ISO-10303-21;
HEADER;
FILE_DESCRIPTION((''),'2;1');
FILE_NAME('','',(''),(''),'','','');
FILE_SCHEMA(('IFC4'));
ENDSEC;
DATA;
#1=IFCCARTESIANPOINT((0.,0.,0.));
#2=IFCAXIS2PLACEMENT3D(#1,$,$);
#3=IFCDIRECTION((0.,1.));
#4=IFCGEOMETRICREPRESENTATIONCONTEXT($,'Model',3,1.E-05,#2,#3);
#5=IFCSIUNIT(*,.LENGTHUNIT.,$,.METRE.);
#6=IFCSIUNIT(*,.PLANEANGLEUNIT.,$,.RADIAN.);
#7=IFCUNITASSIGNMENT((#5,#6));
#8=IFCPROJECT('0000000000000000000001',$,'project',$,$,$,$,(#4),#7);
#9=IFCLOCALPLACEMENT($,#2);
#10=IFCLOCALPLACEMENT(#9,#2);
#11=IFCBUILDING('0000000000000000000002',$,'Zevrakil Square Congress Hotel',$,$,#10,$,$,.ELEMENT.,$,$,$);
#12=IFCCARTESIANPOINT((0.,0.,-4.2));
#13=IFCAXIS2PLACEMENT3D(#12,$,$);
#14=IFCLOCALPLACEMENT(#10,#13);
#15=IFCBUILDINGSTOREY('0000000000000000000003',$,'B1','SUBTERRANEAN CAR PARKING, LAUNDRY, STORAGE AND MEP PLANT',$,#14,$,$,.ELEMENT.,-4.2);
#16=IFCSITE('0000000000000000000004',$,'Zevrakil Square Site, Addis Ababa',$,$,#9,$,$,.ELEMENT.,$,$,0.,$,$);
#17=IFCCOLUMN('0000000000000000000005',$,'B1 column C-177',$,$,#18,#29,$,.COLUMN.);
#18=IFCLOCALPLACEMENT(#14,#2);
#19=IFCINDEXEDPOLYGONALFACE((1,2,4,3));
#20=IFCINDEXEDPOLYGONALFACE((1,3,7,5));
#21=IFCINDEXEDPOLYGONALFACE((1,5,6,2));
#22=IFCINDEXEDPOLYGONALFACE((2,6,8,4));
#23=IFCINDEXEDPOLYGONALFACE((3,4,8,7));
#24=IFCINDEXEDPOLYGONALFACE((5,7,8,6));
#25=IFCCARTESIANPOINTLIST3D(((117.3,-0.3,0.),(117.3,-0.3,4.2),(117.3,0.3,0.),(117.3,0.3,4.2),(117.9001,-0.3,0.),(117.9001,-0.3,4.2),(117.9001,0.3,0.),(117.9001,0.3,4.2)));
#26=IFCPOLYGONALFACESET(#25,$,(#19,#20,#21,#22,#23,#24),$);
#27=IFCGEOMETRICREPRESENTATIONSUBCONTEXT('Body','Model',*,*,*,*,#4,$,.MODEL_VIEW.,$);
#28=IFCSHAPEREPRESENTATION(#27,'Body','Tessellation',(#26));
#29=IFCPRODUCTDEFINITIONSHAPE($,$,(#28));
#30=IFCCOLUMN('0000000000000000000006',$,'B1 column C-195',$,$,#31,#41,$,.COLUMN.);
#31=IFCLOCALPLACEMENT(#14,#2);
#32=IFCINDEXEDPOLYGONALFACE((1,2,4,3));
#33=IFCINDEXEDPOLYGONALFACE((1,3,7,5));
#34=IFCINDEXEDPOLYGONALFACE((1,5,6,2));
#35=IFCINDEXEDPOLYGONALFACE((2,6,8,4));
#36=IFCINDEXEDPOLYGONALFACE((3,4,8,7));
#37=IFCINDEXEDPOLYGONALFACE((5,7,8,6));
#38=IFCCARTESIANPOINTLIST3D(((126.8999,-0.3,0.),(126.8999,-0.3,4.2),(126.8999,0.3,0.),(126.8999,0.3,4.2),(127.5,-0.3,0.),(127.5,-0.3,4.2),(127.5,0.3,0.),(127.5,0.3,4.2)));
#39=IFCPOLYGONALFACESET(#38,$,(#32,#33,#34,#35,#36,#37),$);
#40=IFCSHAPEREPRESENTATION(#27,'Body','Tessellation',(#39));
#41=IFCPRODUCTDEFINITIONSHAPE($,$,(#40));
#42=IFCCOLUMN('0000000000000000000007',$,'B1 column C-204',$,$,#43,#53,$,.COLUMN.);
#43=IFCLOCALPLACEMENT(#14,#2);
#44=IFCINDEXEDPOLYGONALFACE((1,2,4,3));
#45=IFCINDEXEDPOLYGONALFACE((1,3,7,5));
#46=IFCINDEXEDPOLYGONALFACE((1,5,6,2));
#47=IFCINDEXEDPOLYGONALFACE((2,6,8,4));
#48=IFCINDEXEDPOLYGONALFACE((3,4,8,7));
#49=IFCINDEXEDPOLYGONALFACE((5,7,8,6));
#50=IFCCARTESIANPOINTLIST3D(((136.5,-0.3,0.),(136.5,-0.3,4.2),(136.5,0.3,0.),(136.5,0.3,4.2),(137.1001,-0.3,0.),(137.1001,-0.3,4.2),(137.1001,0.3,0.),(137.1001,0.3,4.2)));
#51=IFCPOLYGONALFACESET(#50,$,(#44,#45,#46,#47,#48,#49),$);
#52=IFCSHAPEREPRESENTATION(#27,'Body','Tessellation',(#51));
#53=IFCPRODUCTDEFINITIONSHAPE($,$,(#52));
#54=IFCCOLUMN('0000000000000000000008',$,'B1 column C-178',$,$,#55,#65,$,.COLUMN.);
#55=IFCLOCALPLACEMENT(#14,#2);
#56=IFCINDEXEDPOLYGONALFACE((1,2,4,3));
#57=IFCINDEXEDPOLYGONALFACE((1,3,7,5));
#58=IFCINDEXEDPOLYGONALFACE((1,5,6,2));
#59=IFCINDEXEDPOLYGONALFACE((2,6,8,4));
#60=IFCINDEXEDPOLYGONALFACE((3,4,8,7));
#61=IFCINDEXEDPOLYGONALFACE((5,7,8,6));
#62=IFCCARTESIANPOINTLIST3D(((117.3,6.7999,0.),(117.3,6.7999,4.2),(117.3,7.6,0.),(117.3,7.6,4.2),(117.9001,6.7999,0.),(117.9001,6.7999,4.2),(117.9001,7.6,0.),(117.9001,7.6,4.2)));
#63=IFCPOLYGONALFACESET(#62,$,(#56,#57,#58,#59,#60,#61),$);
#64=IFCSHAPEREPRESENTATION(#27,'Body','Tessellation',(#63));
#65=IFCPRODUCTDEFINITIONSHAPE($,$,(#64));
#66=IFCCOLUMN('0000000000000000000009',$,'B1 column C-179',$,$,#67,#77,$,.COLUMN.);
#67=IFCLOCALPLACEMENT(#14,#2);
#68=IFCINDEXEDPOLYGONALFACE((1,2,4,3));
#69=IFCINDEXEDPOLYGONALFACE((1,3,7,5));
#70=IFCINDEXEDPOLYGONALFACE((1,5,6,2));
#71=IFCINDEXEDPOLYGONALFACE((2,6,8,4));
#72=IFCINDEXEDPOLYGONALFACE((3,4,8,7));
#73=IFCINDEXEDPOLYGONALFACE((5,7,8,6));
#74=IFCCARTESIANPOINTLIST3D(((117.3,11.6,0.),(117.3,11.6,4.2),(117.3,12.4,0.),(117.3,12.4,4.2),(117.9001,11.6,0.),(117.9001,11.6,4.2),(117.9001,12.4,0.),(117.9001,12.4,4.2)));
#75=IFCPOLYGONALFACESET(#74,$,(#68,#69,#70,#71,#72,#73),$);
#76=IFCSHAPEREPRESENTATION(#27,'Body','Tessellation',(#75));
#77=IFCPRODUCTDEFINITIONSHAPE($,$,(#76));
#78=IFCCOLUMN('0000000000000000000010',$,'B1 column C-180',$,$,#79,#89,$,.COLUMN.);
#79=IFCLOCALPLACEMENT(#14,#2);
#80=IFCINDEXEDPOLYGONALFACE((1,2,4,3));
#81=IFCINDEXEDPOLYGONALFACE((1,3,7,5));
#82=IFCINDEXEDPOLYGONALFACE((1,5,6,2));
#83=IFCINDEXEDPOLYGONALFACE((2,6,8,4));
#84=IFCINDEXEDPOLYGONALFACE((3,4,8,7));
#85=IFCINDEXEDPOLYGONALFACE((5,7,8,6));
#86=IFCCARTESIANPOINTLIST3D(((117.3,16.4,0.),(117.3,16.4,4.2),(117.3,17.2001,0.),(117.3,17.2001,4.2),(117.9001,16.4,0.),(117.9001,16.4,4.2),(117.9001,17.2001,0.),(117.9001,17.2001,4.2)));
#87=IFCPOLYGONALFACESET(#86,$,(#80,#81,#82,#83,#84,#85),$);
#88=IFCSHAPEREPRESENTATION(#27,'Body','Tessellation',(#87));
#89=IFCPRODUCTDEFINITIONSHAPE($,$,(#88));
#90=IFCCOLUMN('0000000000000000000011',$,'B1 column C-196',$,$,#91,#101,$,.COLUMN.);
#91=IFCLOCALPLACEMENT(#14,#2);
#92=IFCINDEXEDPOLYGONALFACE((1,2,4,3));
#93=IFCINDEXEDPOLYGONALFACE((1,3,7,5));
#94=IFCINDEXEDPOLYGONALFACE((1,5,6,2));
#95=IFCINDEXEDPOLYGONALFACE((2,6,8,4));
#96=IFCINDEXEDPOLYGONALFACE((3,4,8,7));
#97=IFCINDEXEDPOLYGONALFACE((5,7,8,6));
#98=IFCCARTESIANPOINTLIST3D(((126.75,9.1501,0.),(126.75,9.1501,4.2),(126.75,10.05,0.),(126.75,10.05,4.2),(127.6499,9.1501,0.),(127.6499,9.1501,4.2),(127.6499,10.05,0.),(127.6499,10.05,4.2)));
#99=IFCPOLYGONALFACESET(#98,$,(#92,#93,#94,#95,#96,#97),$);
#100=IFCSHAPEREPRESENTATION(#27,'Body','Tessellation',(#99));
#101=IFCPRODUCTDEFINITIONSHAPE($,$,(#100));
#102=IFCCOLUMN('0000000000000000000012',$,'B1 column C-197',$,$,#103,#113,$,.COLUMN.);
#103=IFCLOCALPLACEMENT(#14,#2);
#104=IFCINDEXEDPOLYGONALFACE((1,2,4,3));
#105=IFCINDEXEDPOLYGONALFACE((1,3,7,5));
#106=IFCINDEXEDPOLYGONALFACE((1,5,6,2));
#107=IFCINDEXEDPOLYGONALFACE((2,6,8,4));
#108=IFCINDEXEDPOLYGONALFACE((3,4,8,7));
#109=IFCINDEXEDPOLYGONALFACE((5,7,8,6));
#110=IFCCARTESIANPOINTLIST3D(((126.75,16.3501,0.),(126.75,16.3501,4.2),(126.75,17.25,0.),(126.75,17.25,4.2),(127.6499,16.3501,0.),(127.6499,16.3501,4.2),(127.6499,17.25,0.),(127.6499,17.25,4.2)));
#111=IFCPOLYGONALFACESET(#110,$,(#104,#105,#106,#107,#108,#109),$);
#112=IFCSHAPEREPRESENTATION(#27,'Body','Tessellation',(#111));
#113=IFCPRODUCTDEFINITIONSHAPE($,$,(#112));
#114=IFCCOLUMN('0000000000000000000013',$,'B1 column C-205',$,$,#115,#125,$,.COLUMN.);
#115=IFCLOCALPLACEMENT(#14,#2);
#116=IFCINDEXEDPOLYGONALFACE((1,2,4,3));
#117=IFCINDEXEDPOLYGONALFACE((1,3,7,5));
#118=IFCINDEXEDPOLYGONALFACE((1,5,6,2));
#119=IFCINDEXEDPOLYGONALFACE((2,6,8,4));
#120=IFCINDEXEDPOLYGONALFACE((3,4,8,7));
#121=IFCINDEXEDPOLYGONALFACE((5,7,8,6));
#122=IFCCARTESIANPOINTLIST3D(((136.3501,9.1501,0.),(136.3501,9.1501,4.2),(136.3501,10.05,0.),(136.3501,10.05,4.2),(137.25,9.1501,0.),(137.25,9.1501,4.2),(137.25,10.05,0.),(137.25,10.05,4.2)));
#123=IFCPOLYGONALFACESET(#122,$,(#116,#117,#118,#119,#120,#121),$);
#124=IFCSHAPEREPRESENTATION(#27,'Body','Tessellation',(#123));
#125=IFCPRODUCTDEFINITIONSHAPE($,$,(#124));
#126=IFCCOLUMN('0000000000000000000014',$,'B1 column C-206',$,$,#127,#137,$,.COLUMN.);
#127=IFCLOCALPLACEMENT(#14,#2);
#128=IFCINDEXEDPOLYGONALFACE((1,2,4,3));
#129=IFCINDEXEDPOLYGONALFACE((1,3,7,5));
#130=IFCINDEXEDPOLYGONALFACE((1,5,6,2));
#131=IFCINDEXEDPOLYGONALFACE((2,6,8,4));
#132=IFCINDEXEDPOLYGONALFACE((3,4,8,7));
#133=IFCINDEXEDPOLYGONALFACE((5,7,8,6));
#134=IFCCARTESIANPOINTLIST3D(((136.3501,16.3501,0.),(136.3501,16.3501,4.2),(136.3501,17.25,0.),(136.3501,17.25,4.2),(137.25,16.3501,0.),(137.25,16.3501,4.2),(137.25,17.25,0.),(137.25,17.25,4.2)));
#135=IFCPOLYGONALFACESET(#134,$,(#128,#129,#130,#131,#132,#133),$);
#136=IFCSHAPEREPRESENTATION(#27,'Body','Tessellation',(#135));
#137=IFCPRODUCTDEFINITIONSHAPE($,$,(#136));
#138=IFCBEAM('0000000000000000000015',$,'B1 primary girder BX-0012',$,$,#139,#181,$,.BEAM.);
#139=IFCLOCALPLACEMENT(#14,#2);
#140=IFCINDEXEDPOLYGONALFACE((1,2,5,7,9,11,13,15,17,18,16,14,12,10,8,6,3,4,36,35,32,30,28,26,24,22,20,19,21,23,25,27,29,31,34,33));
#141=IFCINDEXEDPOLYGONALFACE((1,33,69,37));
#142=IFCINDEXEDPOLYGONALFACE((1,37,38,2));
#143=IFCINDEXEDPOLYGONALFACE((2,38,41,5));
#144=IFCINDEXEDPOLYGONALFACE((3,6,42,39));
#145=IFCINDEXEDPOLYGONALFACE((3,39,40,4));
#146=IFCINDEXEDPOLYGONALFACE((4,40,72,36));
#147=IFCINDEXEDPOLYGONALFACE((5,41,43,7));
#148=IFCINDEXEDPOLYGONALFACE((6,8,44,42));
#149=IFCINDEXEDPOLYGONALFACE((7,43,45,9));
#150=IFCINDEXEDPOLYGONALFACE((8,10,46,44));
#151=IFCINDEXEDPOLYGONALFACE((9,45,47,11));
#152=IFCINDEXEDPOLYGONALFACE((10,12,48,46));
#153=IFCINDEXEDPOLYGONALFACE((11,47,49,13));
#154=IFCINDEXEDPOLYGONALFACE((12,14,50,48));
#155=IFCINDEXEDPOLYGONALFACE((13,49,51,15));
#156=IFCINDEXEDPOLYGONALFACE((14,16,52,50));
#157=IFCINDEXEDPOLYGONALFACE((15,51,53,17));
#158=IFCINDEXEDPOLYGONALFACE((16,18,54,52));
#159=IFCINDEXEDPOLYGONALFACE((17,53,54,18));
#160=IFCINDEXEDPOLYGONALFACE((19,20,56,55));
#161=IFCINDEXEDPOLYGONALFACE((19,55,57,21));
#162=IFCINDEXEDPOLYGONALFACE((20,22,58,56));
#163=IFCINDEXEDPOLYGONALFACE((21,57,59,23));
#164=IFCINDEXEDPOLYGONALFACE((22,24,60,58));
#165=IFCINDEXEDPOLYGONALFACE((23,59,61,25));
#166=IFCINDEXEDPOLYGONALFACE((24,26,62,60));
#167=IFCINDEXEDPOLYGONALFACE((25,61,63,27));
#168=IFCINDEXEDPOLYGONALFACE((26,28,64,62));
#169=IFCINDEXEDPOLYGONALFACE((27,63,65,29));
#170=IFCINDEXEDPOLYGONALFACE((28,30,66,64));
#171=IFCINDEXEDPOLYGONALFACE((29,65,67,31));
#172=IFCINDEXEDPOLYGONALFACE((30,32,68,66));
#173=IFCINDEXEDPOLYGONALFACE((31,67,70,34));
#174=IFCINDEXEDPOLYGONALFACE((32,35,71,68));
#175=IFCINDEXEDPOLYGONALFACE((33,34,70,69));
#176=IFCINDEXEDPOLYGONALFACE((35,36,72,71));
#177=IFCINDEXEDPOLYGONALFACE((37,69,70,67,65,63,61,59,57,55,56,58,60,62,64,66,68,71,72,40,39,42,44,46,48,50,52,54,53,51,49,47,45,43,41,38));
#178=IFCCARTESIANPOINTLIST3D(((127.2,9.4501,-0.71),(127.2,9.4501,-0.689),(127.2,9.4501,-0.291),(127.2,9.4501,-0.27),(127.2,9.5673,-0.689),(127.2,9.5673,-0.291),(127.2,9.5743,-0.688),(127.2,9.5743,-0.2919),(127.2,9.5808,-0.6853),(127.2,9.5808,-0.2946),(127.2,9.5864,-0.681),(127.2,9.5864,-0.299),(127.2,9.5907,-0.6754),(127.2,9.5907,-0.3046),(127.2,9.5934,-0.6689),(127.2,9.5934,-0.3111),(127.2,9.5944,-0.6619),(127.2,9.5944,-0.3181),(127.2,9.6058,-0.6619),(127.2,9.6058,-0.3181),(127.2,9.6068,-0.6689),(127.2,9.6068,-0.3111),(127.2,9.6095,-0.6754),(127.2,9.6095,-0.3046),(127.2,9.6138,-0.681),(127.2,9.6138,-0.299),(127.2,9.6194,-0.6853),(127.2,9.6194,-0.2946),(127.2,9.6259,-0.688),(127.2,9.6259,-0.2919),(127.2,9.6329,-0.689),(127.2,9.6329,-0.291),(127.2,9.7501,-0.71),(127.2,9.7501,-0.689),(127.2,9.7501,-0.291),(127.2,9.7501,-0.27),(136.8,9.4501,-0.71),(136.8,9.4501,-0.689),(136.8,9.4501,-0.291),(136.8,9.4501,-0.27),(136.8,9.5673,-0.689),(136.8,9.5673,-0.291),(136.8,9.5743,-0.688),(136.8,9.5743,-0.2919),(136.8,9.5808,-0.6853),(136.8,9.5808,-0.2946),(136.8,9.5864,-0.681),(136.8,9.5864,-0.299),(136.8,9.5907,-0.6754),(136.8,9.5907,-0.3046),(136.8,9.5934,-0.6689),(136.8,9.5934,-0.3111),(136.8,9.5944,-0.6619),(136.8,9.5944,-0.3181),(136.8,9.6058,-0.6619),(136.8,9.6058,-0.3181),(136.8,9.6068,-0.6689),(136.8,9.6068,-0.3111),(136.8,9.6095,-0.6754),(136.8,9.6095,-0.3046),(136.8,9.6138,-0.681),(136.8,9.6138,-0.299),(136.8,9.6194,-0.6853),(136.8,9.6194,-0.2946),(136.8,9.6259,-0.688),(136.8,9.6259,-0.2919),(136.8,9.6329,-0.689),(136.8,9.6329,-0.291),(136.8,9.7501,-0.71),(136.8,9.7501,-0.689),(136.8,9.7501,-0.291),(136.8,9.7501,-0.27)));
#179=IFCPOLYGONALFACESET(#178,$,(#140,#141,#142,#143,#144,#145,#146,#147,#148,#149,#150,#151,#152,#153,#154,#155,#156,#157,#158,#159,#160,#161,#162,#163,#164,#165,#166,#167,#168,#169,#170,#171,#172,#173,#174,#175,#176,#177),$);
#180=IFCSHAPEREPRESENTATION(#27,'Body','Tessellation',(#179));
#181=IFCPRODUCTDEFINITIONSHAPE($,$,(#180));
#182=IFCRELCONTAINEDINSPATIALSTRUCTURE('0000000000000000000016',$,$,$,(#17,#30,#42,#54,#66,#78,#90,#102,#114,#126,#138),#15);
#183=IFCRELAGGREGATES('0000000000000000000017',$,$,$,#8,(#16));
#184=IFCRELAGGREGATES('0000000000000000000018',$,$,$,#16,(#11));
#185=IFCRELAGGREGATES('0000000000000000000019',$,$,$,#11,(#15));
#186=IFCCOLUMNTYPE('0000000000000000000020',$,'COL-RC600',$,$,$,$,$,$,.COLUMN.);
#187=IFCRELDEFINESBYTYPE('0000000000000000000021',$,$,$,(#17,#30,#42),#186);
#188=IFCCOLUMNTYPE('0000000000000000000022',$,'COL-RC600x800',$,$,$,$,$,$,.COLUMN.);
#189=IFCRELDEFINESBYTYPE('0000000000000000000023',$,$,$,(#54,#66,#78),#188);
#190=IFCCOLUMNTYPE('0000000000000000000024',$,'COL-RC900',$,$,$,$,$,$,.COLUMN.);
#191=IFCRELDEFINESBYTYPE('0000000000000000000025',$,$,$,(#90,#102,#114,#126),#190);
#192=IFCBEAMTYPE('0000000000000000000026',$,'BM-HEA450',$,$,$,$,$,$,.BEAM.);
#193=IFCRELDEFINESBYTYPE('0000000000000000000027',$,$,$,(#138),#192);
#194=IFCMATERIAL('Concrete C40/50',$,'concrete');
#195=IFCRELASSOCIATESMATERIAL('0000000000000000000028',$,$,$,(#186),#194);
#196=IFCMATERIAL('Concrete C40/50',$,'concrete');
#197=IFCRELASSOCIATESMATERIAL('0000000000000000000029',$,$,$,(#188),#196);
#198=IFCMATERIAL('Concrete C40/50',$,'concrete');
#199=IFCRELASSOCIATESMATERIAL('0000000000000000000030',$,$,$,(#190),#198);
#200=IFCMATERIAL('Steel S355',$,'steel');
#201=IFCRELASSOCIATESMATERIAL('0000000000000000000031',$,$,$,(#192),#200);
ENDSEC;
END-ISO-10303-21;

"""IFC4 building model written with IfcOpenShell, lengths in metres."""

from ifc_helpers import new_model, si_unit, direction, frame, origin, origin_2d, place, context, subcontext, project, spatial, rectangle, i_section, extrude, material, material_profile, profile_set, type_object, element, save


model = new_model("IFC4")

# Units and contexts
model_context = context("Model", 3, precision=1e-05, world=origin(), true_north=direction((0.0, 1.0)))
body_context = subcontext(model_context, "Body", "Model", "MODEL_VIEW")
ifc_project = project(units=[si_unit("LENGTHUNIT", "METRE"), si_unit("PLANEANGLEUNIT", "RADIAN")], contexts=[model_context])

# Site, building, storey
site_placement = place(None, origin())
site = spatial("IfcSite", under=ifc_project, at=site_placement, Name="Zevrakil Square Site, Addis Ababa", CompositionType="ELEMENT", RefElevation=0.0)
building_placement = place(site_placement, origin())
building = spatial("IfcBuilding", under=site, at=building_placement, Name="Zevrakil Square Congress Hotel", CompositionType="ELEMENT")
storey_placement = place(building_placement, frame((0.0, 0.0, -4.2)))
storey = spatial("IfcBuildingStorey", under=building, at=storey_placement, Name="B1", Description="SUBTERRANEAN CAR PARKING, LAUNDRY, STORAGE AND MEP PLANT", CompositionType="ELEMENT", Elevation=-4.2)

# Columns
ifc_material_1 = material(Name="Concrete C40/50", Category="concrete")
ifc_material_profile_1 = material_profile(ifc_material_1, rectangle(XDim=0.6001, YDim=0.6001, at=origin_2d()), Name="RC 600x600")
ifc_profile_set_1 = profile_set([ifc_material_profile_1], Name="Concrete C40/50")
column_type_1 = type_object("IfcColumnType", Name="COL-RC600", PredefinedType="COLUMN", material=ifc_profile_set_1)
for number, where, z_axis, x_axis, name in (
    (1, (117.6001, 0.0, 0.0), (0.0, 0.0, 1.0), (1.0, 0.0, 0.0), "B1 column C-177"),
    (2, (127.2, 0.0, 0.0), (0.0, 0.0, 1.0), (1.0, 0.0, 0.0), "B1 column C-195"),
    (3, (136.8, 0.0, 0.0), (0.0, 0.0, 1.0), (1.0, 0.0, 0.0), "B1 column C-204"),
):
    element("IfcColumn", number, at=place(storey_placement, frame(where, z_axis=z_axis, x_axis=x_axis)), inside=storey, type_object=column_type_1, Name=name, PredefinedType="COLUMN", context=body_context, shape_type="SweptSolid", body=[
        extrude(rectangle(XDim=0.6001, YDim=0.6001, at=origin_2d()), origin(), (0.0, 0.0, 1.0), 4.2),
    ])
ifc_material_2 = material(Name="Concrete C40/50", Category="concrete")
ifc_material_profile_2 = material_profile(ifc_material_2, rectangle(XDim=0.6001, YDim=0.8, at=origin_2d()), Name="RC 600x800")
ifc_profile_set_2 = profile_set([ifc_material_profile_2], Name="Concrete C40/50")
column_type_2 = type_object("IfcColumnType", Name="COL-RC600x800", PredefinedType="COLUMN", material=ifc_profile_set_2)
for number, where, z_axis, x_axis, name in (
    (4, (117.6001, 7.2, 0.0), (0.0, 0.0, 1.0), (1.0, 0.0, 0.0), "B1 column C-178"),
    (5, (117.6001, 12.0, 0.0), (0.0, 0.0, 1.0), (1.0, 0.0, 0.0), "B1 column C-179"),
    (6, (117.6001, 16.8, 0.0), (0.0, 0.0, 1.0), (1.0, 0.0, 0.0), "B1 column C-180"),
):
    element("IfcColumn", number, at=place(storey_placement, frame(where, z_axis=z_axis, x_axis=x_axis)), inside=storey, type_object=column_type_2, Name=name, PredefinedType="COLUMN", context=body_context, shape_type="SweptSolid", body=[
        extrude(rectangle(XDim=0.6001, YDim=0.8, at=origin_2d()), origin(), (0.0, 0.0, 1.0), 4.2),
    ])
ifc_material_3 = material(Name="Concrete C40/50", Category="concrete")
ifc_material_profile_3 = material_profile(ifc_material_3, rectangle(XDim=0.8999, YDim=0.8999, at=origin_2d()), Name="RC 900x900")
ifc_profile_set_3 = profile_set([ifc_material_profile_3], Name="Concrete C40/50")
column_type_3 = type_object("IfcColumnType", Name="COL-RC900", PredefinedType="COLUMN", material=ifc_profile_set_3)
for number, where, z_axis, x_axis, name in (
    (7, (127.2, 9.6001, 0.0), (0.0, 0.0, 1.0), (1.0, 0.0, 0.0), "B1 column C-196"),
    (8, (127.2, 16.8, 0.0), (0.0, 0.0, 1.0), (1.0, 0.0, 0.0), "B1 column C-197"),
    (9, (136.8, 9.6001, 0.0), (0.0, 0.0, 1.0), (1.0, 0.0, 0.0), "B1 column C-205"),
    (10, (136.8, 16.8, 0.0), (0.0, 0.0, 1.0), (1.0, 0.0, 0.0), "B1 column C-206"),
):
    element("IfcColumn", number, at=place(storey_placement, frame(where, z_axis=z_axis, x_axis=x_axis)), inside=storey, type_object=column_type_3, Name=name, PredefinedType="COLUMN", context=body_context, shape_type="SweptSolid", body=[
        extrude(rectangle(XDim=0.8999, YDim=0.8999, at=origin_2d()), origin(), (0.0, 0.0, 1.0), 4.2),
    ])

# Beam
ifc_material_4 = material(Name="Steel S355", Category="steel")
ifc_material_profile_4 = material_profile(ifc_material_4, i_section(OverallWidth=0.3, OverallDepth=0.4399, WebThickness=0.0115, FlangeThickness=0.021, FilletRadius=0.0271, at=origin_2d()), Name="HEA 450")
ifc_profile_set_4 = profile_set([ifc_material_profile_4], Name="Steel S355")
beam_type_1 = type_object("IfcBeamType", Name="BM-HEA450", PredefinedType="BEAM", material=ifc_profile_set_4)
beam_1_placement = place(storey_placement, frame((127.2, 9.6001, -0.49), z_axis=(1.0, 0.0, 0.0), x_axis=(0.0, 1.0, 0.0)))
element("IfcBeam", 11, at=beam_1_placement, inside=storey, type_object=beam_type_1, Name="B1 primary girder BX-0012", PredefinedType="BEAM", context=body_context, shape_type="SweptSolid", body=[
    extrude(i_section(OverallWidth=0.3, OverallDepth=0.4399, WebThickness=0.0115, FlangeThickness=0.021, FilletRadius=0.0271, at=origin_2d()), origin(), (0.0, 0.0, 1.0), 9.6001),
])

save(model, "model.ifc")
